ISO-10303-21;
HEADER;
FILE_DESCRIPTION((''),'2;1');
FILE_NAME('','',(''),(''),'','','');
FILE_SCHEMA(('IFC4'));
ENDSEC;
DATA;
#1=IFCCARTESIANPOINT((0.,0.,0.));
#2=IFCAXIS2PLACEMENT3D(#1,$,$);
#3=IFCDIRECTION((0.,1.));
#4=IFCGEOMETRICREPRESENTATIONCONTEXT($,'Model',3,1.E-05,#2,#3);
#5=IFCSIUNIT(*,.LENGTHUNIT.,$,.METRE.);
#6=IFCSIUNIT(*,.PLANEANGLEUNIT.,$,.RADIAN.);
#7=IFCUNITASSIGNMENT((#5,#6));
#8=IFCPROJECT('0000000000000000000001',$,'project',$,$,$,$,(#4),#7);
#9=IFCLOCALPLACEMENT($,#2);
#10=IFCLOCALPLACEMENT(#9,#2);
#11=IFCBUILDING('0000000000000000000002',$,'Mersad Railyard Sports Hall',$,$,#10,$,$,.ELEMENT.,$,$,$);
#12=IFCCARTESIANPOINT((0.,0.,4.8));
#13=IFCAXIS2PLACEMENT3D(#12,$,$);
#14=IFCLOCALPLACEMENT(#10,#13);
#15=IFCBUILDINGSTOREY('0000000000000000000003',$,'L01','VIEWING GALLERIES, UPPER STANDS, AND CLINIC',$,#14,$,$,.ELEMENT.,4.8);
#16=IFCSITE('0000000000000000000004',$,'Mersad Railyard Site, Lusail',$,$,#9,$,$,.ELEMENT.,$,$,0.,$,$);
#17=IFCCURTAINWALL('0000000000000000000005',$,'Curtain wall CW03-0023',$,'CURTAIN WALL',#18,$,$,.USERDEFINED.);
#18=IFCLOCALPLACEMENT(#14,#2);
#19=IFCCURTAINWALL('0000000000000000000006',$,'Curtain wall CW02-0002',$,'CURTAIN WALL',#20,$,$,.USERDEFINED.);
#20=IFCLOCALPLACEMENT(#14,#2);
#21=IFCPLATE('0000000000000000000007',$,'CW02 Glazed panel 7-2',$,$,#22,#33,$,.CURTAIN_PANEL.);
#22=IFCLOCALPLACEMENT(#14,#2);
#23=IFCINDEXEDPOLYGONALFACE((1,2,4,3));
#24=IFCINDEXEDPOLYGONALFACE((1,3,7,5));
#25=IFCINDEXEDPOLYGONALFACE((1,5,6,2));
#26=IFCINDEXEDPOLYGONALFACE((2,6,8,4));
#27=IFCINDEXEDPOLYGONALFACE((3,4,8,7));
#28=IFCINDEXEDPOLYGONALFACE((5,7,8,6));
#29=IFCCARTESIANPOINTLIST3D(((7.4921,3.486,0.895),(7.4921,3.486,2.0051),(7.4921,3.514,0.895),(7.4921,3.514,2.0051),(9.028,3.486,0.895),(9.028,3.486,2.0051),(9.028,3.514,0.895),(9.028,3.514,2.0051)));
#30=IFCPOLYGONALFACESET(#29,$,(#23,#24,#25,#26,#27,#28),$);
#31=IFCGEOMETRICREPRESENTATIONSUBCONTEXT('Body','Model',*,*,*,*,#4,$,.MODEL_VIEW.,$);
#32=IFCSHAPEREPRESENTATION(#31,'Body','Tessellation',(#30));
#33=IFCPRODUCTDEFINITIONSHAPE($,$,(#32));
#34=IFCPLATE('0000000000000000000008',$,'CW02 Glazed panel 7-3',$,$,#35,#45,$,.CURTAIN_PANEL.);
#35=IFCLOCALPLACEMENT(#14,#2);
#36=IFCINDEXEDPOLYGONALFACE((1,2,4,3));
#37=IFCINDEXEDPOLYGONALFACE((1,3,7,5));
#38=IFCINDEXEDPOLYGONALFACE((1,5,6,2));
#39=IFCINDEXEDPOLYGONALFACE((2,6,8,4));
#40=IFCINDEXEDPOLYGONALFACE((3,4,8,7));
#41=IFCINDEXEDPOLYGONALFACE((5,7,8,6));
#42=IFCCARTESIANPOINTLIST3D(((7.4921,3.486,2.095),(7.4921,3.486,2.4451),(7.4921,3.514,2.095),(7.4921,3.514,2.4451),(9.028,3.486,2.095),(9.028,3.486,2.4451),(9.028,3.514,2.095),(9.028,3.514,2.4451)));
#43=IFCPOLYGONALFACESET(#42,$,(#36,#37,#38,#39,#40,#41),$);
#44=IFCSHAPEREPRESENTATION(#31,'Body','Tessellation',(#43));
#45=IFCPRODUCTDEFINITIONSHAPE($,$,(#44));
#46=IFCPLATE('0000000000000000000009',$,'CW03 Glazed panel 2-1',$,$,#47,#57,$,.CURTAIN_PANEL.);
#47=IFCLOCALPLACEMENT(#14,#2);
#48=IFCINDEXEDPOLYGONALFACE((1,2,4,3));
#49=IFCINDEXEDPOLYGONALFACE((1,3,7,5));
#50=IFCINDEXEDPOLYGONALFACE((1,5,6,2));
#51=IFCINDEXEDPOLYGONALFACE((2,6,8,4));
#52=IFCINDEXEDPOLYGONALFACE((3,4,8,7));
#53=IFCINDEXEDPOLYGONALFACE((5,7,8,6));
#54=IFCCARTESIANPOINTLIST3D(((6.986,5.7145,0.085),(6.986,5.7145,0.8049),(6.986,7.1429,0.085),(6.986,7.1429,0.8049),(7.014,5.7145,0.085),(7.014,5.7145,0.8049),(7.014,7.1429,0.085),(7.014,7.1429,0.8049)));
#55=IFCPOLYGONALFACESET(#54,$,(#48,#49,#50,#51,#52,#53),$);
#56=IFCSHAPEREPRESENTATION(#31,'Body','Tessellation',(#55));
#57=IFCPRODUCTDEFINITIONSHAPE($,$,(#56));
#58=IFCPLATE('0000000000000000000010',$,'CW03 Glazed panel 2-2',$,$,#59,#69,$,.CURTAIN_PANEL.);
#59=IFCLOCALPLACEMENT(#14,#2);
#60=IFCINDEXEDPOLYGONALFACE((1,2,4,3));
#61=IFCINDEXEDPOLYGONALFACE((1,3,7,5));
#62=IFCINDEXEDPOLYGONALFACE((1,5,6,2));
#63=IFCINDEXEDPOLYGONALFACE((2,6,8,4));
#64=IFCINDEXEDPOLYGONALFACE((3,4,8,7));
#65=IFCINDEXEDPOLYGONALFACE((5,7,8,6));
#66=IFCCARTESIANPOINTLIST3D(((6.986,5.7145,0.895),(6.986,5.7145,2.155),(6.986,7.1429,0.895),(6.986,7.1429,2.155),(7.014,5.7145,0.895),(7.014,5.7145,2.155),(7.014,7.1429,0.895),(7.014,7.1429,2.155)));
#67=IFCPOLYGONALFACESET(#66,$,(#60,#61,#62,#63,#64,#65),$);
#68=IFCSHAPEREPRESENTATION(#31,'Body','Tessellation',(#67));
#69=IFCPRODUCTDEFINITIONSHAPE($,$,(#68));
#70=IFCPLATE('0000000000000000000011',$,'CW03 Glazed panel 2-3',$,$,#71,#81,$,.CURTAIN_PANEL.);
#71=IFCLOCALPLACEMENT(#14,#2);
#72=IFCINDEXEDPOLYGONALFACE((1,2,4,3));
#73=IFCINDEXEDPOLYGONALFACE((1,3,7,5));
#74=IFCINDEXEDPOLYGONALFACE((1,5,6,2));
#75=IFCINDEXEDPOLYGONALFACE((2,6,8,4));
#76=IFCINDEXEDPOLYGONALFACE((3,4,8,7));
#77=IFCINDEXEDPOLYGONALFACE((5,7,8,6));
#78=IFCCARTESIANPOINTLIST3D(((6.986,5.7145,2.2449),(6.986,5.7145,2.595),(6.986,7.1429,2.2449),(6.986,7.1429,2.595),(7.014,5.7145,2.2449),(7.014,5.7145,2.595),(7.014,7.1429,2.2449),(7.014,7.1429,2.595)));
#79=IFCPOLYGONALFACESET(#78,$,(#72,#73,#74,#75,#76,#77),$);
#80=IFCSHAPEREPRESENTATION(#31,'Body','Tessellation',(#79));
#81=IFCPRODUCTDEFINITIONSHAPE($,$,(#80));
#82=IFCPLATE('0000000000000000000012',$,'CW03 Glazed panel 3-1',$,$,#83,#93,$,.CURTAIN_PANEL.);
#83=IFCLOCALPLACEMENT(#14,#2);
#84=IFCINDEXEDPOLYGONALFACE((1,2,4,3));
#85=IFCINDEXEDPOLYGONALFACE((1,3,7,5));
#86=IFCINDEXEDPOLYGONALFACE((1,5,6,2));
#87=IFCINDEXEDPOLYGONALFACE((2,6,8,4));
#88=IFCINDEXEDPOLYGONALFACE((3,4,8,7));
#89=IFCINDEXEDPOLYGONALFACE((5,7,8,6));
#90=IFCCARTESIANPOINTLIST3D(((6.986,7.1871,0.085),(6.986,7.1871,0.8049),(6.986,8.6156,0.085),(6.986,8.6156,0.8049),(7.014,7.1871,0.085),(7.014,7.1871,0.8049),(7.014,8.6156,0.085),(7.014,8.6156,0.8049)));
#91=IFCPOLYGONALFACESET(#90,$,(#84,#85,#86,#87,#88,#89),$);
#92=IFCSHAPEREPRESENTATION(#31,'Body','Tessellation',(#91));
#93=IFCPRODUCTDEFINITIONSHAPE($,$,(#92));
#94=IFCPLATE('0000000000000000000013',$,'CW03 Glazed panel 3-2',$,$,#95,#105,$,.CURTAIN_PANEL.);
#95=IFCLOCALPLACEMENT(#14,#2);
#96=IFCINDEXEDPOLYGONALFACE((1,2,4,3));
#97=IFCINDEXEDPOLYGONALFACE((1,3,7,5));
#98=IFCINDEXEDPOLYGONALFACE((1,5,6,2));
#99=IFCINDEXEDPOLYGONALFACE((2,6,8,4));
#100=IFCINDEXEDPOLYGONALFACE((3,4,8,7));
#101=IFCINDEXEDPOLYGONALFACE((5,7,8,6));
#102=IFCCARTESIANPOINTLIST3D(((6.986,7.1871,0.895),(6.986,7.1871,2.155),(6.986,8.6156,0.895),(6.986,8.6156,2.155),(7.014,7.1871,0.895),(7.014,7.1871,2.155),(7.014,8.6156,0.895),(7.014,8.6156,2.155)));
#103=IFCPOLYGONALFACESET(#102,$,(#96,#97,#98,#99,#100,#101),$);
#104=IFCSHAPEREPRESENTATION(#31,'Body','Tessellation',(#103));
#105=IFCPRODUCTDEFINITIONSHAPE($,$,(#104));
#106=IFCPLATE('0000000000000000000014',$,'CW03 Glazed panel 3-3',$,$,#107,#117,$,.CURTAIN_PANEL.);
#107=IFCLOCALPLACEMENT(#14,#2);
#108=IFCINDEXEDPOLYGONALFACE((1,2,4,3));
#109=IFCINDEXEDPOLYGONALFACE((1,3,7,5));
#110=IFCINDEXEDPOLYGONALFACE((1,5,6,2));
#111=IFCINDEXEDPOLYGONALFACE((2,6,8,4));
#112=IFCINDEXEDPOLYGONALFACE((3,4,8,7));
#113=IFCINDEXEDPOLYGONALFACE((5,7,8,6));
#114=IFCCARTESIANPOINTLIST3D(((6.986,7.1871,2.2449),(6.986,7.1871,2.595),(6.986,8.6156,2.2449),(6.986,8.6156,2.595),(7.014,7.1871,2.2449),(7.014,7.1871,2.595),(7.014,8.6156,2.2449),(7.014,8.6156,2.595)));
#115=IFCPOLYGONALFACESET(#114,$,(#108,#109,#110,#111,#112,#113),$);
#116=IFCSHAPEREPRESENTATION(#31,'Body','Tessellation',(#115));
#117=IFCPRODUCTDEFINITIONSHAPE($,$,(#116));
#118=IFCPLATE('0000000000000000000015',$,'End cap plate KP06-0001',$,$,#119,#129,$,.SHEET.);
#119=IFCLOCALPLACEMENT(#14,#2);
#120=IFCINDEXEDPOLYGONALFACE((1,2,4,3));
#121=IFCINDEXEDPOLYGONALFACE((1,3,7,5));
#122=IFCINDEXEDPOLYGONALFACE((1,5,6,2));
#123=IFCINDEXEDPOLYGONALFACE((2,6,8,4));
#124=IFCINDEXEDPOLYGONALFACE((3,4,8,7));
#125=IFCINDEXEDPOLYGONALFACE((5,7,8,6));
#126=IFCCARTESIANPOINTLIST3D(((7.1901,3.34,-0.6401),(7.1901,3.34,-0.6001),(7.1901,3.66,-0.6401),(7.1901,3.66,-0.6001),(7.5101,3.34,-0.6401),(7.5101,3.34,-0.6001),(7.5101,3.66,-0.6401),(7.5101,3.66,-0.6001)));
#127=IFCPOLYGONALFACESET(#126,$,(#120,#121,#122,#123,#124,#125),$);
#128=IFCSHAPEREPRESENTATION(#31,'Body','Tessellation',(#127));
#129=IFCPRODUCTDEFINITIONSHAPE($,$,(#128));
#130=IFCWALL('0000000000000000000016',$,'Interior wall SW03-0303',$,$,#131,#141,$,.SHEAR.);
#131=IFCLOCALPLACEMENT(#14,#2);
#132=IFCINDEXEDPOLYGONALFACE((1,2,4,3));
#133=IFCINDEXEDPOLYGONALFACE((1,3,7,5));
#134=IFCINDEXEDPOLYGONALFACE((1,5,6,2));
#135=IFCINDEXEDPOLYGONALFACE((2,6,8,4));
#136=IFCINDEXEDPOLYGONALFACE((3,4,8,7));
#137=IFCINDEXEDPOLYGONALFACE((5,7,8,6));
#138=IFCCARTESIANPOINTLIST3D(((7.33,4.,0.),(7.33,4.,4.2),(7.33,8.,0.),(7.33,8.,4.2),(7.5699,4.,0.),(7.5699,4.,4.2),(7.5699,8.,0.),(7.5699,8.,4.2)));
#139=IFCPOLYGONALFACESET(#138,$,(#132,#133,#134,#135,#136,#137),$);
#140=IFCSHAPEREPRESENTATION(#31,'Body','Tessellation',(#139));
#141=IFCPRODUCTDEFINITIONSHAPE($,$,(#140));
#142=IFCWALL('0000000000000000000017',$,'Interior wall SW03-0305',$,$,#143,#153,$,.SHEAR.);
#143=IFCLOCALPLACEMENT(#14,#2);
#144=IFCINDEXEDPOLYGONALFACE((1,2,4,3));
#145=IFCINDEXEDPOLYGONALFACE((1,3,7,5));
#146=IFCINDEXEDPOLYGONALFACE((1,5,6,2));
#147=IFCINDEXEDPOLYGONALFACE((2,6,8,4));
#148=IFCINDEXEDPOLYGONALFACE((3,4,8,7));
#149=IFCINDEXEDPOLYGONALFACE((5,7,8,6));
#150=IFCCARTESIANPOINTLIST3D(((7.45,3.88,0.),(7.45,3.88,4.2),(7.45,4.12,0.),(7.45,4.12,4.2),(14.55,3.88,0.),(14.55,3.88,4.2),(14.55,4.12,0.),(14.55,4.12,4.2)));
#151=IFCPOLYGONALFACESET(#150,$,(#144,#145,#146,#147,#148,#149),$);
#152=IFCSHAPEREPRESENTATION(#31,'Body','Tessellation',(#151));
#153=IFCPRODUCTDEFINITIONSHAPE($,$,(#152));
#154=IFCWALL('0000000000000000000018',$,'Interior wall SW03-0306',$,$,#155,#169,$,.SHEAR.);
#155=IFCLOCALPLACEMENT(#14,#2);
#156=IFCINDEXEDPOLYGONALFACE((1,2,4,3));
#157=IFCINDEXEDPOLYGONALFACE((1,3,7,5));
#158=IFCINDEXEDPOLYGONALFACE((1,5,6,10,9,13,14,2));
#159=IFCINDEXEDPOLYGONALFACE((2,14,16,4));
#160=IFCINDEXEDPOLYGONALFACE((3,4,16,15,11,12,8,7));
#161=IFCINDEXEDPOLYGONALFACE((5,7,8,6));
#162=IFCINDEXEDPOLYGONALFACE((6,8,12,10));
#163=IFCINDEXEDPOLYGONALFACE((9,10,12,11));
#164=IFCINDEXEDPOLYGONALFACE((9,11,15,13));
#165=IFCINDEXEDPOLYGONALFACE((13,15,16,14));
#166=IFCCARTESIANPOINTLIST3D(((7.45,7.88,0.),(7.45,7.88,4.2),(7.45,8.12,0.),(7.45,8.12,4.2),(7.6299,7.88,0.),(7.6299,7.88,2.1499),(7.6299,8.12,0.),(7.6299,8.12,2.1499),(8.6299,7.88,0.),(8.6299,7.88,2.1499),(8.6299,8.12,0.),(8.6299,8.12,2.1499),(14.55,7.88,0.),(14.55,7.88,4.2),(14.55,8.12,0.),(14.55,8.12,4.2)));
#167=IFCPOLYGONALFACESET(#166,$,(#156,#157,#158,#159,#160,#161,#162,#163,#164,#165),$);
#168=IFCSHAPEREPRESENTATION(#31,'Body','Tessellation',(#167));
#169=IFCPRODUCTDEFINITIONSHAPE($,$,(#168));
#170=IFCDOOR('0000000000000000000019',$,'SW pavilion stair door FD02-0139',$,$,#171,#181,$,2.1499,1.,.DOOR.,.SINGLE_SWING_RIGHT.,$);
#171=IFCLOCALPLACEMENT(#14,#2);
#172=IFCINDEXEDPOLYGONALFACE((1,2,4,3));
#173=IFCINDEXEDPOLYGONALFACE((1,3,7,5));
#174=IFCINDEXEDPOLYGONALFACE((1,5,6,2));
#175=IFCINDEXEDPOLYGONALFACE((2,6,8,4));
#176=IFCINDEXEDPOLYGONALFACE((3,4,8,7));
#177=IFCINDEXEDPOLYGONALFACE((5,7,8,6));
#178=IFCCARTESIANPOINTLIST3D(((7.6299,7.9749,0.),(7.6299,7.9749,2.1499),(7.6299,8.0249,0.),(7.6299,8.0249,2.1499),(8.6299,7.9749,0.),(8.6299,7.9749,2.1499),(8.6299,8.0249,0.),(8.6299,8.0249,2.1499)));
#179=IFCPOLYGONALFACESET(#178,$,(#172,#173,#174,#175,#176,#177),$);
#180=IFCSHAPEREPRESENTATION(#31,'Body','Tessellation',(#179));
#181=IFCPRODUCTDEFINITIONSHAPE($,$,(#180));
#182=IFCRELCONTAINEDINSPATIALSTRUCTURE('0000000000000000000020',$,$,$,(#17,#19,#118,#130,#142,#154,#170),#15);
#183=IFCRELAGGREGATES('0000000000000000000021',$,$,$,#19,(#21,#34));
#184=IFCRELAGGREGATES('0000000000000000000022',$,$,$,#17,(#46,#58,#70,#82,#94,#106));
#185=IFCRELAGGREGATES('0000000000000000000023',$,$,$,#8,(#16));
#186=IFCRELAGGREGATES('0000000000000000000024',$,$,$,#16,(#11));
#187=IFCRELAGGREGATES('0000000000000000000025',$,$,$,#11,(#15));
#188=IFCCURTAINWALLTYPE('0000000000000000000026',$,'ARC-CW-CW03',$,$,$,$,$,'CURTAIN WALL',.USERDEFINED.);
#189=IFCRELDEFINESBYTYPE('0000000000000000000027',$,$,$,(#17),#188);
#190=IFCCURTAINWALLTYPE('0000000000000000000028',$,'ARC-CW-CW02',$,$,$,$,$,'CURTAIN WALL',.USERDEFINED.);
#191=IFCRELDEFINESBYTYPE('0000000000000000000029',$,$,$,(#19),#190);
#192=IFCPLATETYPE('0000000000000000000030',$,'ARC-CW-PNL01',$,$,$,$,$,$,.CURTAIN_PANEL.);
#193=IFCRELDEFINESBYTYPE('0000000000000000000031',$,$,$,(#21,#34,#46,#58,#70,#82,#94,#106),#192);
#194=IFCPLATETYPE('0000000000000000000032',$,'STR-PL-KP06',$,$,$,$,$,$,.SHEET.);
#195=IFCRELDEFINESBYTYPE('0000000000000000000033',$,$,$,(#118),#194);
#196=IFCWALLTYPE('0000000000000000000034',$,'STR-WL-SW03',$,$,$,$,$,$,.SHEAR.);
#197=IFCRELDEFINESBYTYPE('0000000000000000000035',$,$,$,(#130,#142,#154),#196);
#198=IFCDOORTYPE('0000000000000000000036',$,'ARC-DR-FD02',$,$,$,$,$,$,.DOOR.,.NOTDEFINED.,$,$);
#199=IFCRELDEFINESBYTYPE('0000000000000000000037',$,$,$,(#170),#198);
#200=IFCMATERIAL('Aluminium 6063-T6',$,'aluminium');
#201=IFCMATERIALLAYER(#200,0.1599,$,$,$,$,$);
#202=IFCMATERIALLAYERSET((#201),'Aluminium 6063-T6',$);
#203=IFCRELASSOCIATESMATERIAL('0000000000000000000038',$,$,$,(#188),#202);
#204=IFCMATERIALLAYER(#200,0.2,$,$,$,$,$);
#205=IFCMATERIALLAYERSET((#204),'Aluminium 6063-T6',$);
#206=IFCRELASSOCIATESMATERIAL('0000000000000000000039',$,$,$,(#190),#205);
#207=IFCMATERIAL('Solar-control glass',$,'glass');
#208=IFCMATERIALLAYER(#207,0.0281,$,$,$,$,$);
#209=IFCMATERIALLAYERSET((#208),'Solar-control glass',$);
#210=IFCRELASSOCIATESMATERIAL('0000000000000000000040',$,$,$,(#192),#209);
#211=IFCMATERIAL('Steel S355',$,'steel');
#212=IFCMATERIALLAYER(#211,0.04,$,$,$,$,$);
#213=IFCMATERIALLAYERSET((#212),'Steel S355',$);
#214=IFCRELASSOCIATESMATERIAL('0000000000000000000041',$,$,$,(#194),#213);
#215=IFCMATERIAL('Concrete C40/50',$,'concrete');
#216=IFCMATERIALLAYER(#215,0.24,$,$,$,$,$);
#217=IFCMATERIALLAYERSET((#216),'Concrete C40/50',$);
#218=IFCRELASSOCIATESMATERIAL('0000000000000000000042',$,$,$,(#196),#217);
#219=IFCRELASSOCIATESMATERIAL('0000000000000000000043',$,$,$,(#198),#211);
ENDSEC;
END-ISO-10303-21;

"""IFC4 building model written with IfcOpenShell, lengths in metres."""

from ifc_helpers import new_model, si_unit, direction, frame, frame_2d, origin, origin_2d, place, context, subcontext, project, spatial, rectangle, extrude, material, layer, layer_set, type_object, element, fill, aggregate, save


model = new_model("IFC4")

# Units and contexts
model_context = context("Model", 3, precision=1e-05, world=origin(), true_north=direction((0.0, 1.0)))
body_context = subcontext(model_context, "Body", "Model", "MODEL_VIEW")
ifc_project = project(units=[si_unit("LENGTHUNIT", "METRE"), si_unit("PLANEANGLEUNIT", "RADIAN")], contexts=[model_context])

# Site, building, storey
site_placement = place(None, origin())
site = spatial("IfcSite", under=ifc_project, at=site_placement, Name="Mersad Railyard Site, Lusail", CompositionType="ELEMENT", RefElevation=0.0)
building_placement = place(site_placement, origin())
building = spatial("IfcBuilding", under=site, at=building_placement, Name="Mersad Railyard Sports Hall", CompositionType="ELEMENT")
storey_placement = place(building_placement, frame((0.0, 0.0, 4.8)))
storey = spatial("IfcBuildingStorey", under=building, at=storey_placement, Name="L01", Description="VIEWING GALLERIES, UPPER STANDS, AND CLINIC", CompositionType="ELEMENT", Elevation=4.8)

# Curtain walls
ifc_material_1 = material(Name="Aluminium 6063-T6", Category="aluminium")
ifc_layer_1 = layer(ifc_material_1, 0.1599)
ifc_layer_set_1 = layer_set([ifc_layer_1], Name="Aluminium 6063-T6")
curtain_wall_type_1 = type_object("IfcCurtainWallType", Name="ARC-CW-CW03", ElementType="CURTAIN WALL", PredefinedType="USERDEFINED", material=ifc_layer_set_1)
curtain_wall_1_placement = place(storey_placement, origin())
curtain_wall_1 = element("IfcCurtainWall", 1, at=curtain_wall_1_placement, inside=storey, type_object=curtain_wall_type_1, Name="Curtain wall CW03-0023", ObjectType="CURTAIN WALL", PredefinedType="USERDEFINED")
ifc_layer_2 = layer(ifc_material_1, 0.2)
ifc_layer_set_2 = layer_set([ifc_layer_2], Name="Aluminium 6063-T6")
curtain_wall_type_2 = type_object("IfcCurtainWallType", Name="ARC-CW-CW02", ElementType="CURTAIN WALL", PredefinedType="USERDEFINED", material=ifc_layer_set_2)
curtain_wall_2_placement = place(storey_placement, origin())
curtain_wall_2 = element("IfcCurtainWall", 2, at=curtain_wall_2_placement, inside=storey, type_object=curtain_wall_type_2, Name="Curtain wall CW02-0002", ObjectType="CURTAIN WALL", PredefinedType="USERDEFINED")

# Shared definitions
ifc_material_2 = material(Name="Steel S355", Category="steel")

# Plates
ifc_material_3 = material(Name="Solar-control glass", Category="glass")
ifc_layer_3 = layer(ifc_material_3, 0.0281)
ifc_layer_set_3 = layer_set([ifc_layer_3], Name="Solar-control glass")
plate_type_1 = type_object("IfcPlateType", Name="ARC-CW-PNL01", PredefinedType="CURTAIN_PANEL", material=ifc_layer_set_3)
plate_1_placement = place(storey_placement, frame((8.26, 3.5, 0.895), z_axis=(0.0, 0.0, 1.0), x_axis=(-1.0, 0.0, 0.0)))
plate_1 = element("IfcPlate", 3, at=plate_1_placement, type_object=plate_type_1, Name="CW02 Glazed panel 7-2", PredefinedType="CURTAIN_PANEL", context=body_context, shape_type="SweptSolid", body=[
    extrude(rectangle(XDim=1.5359, YDim=0.0281, at=origin_2d()), origin(), (0.0, 0.0, 1.0), 1.1101),
])
plate_2_placement = place(storey_placement, frame((8.26, 3.5, 2.095), z_axis=(0.0, 0.0, 1.0), x_axis=(-1.0, 0.0, 0.0)))
plate_2 = element("IfcPlate", 4, at=plate_2_placement, type_object=plate_type_1, Name="CW02 Glazed panel 7-3", PredefinedType="CURTAIN_PANEL", context=body_context, shape_type="SweptSolid", body=[
    extrude(rectangle(XDim=1.5359, YDim=0.0281, at=origin_2d()), origin(), (0.0, 0.0, 1.0), 0.3501),
])
aggregate(curtain_wall_2, [plate_1, plate_2])
plate_3_placement = place(storey_placement, frame((7.0, 6.4287, 0.085), z_axis=(0.0, 0.0, 1.0), x_axis=(0.0, 1.0, 0.0)))
plate_3 = element("IfcPlate", 5, at=plate_3_placement, type_object=plate_type_1, Name="CW03 Glazed panel 2-1", PredefinedType="CURTAIN_PANEL", context=body_context, shape_type="SweptSolid", body=[
    extrude(rectangle(XDim=1.4285, YDim=0.0281, at=origin_2d()), origin(), (0.0, 0.0, 1.0), 0.72),
])
plate_4_placement = place(storey_placement, frame((7.0, 6.4287, 0.895), z_axis=(0.0, 0.0, 1.0), x_axis=(0.0, 1.0, 0.0)))
plate_4 = element("IfcPlate", 6, at=plate_4_placement, type_object=plate_type_1, Name="CW03 Glazed panel 2-2", PredefinedType="CURTAIN_PANEL", context=body_context, shape_type="SweptSolid", body=[
    extrude(rectangle(XDim=1.4285, YDim=0.0281, at=origin_2d()), origin(), (0.0, 0.0, 1.0), 1.26),
])
plate_5_placement = place(storey_placement, frame((7.0, 6.4287, 2.2449), z_axis=(0.0, 0.0, 1.0), x_axis=(0.0, 1.0, 0.0)))
plate_5 = element("IfcPlate", 7, at=plate_5_placement, type_object=plate_type_1, Name="CW03 Glazed panel 2-3", PredefinedType="CURTAIN_PANEL", context=body_context, shape_type="SweptSolid", body=[
    extrude(rectangle(XDim=1.4285, YDim=0.0281, at=origin_2d()), origin(), (0.0, 0.0, 1.0), 0.3501),
])
plate_6_placement = place(storey_placement, frame((7.0, 7.9014, 0.085), z_axis=(0.0, 0.0, 1.0), x_axis=(0.0, 1.0, 0.0)))
plate_6 = element("IfcPlate", 8, at=plate_6_placement, type_object=plate_type_1, Name="CW03 Glazed panel 3-1", PredefinedType="CURTAIN_PANEL", context=body_context, shape_type="SweptSolid", body=[
    extrude(rectangle(XDim=1.4285, YDim=0.0281, at=origin_2d()), origin(), (0.0, 0.0, 1.0), 0.72),
])
plate_7_placement = place(storey_placement, frame((7.0, 7.9014, 0.895), z_axis=(0.0, 0.0, 1.0), x_axis=(0.0, 1.0, 0.0)))
plate_7 = element("IfcPlate", 9, at=plate_7_placement, type_object=plate_type_1, Name="CW03 Glazed panel 3-2", PredefinedType="CURTAIN_PANEL", context=body_context, shape_type="SweptSolid", body=[
    extrude(rectangle(XDim=1.4285, YDim=0.0281, at=origin_2d()), origin(), (0.0, 0.0, 1.0), 1.26),
])
plate_8_placement = place(storey_placement, frame((7.0, 7.9014, 2.2449), z_axis=(0.0, 0.0, 1.0), x_axis=(0.0, 1.0, 0.0)))
plate_8 = element("IfcPlate", 10, at=plate_8_placement, type_object=plate_type_1, Name="CW03 Glazed panel 3-3", PredefinedType="CURTAIN_PANEL", context=body_context, shape_type="SweptSolid", body=[
    extrude(rectangle(XDim=1.4285, YDim=0.0281, at=origin_2d()), origin(), (0.0, 0.0, 1.0), 0.3501),
])
aggregate(curtain_wall_1, [plate_3, plate_4, plate_5, plate_6, plate_7, plate_8])
ifc_layer_4 = layer(ifc_material_2, 0.04)
ifc_layer_set_4 = layer_set([ifc_layer_4], Name="Steel S355")
plate_type_2 = type_object("IfcPlateType", Name="STR-PL-KP06", PredefinedType="SHEET", material=ifc_layer_set_4)
plate_9_placement = place(storey_placement, frame((7.3501, 3.5, -0.6401), z_axis=(0.0, 0.0, 1.0), x_axis=(1.0, 0.0, 0.0)))
element("IfcPlate", 11, at=plate_9_placement, inside=storey, type_object=plate_type_2, Name="End cap plate KP06-0001", PredefinedType="SHEET", context=body_context, shape_type="SweptSolid", body=[
    extrude(rectangle(XDim=0.3201, YDim=0.3201, at=origin_2d()), origin(), (0.0, 0.0, 1.0), 0.04),
])

# Walls
ifc_material_4 = material(Name="Concrete C40/50", Category="concrete")
ifc_layer_5 = layer(ifc_material_4, 0.24)
ifc_layer_set_5 = layer_set([ifc_layer_5], Name="Concrete C40/50")
wall_type = type_object("IfcWallType", Name="STR-WL-SW03", PredefinedType="SHEAR", material=ifc_layer_set_5)
wall_1_placement = place(storey_placement, frame((7.45, 4.0, 0.0), z_axis=(0.0, 0.0, 1.0), x_axis=(0.0, 1.0, 0.0)))
element("IfcWall", 12, at=wall_1_placement, inside=storey, type_object=wall_type, Name="Interior wall SW03-0303", PredefinedType="SHEAR", context=body_context, shape_type="SweptSolid", body=[
    extrude(rectangle(XDim=4.0, YDim=0.24, at=frame_2d((2.0, 0.0))), origin(), (0.0, 0.0, 1.0), 4.2),
])
wall_2_placement = place(storey_placement, frame((7.45, 4.0, 0.0), z_axis=(0.0, 0.0, 1.0), x_axis=(1.0, 0.0, 0.0)))
element("IfcWall", 13, at=wall_2_placement, inside=storey, type_object=wall_type, Name="Interior wall SW03-0305", PredefinedType="SHEAR", context=body_context, shape_type="SweptSolid", body=[
    extrude(rectangle(XDim=7.1001, YDim=0.24, at=frame_2d((3.55, 0.0))), origin(), (0.0, 0.0, 1.0), 4.2),
])

# Wall, opening, door
wall_3_placement = place(storey_placement, frame((7.45, 8.0, 0.0), z_axis=(0.0, 0.0, 1.0), x_axis=(1.0, 0.0, 0.0)))
wall_3 = element("IfcWall", 14, at=wall_3_placement, inside=storey, type_object=wall_type, Name="Interior wall SW03-0306", PredefinedType="SHEAR", context=body_context, shape_type="SweptSolid", body=[
    extrude(rectangle(XDim=7.1001, YDim=0.24, at=frame_2d((3.55, 0.0))), origin(), (0.0, 0.0, 1.0), 4.2),
])
opening_placement = place(wall_3_placement, frame((0.1799, 0.0, 0.0)))
opening = element("IfcOpeningElement", 15, at=opening_placement, cuts=wall_3, PredefinedType="OPENING", context=body_context, shape_type="SweptSolid", body=[
    extrude(rectangle(XDim=1.0, YDim=2.1499, at=frame_2d((0.5, 1.075))), frame((0.0, 0.1299, 0.0), z_axis=(0.0, -1.0, 0.0), x_axis=(1.0, 0.0, 0.0)), (0.0, 0.0, 1.0), 0.26),
])
door_type = type_object("IfcDoorType", Name="ARC-DR-FD02", OperationType="NOTDEFINED", PredefinedType="DOOR", material=ifc_material_2)
door_placement = place(opening_placement, origin())
door = element("IfcDoor", 16, at=door_placement, inside=storey, type_object=door_type, Name="SW pavilion stair door FD02-0139", OperationType="SINGLE_SWING_RIGHT", OverallHeight=2.1499, OverallWidth=1.0, PredefinedType="DOOR", context=body_context, shape_type="SweptSolid", body=[
    extrude(rectangle(XDim=1.0, YDim=2.1499, at=frame_2d((0.5, 1.075))), frame((0.0, 0.0249, 0.0), z_axis=(0.0, -1.0, 0.0), x_axis=(1.0, 0.0, 0.0)), (0.0, 0.0, 1.0), 0.05),
])
fill(opening, door)

save(model, "model.ifc")
